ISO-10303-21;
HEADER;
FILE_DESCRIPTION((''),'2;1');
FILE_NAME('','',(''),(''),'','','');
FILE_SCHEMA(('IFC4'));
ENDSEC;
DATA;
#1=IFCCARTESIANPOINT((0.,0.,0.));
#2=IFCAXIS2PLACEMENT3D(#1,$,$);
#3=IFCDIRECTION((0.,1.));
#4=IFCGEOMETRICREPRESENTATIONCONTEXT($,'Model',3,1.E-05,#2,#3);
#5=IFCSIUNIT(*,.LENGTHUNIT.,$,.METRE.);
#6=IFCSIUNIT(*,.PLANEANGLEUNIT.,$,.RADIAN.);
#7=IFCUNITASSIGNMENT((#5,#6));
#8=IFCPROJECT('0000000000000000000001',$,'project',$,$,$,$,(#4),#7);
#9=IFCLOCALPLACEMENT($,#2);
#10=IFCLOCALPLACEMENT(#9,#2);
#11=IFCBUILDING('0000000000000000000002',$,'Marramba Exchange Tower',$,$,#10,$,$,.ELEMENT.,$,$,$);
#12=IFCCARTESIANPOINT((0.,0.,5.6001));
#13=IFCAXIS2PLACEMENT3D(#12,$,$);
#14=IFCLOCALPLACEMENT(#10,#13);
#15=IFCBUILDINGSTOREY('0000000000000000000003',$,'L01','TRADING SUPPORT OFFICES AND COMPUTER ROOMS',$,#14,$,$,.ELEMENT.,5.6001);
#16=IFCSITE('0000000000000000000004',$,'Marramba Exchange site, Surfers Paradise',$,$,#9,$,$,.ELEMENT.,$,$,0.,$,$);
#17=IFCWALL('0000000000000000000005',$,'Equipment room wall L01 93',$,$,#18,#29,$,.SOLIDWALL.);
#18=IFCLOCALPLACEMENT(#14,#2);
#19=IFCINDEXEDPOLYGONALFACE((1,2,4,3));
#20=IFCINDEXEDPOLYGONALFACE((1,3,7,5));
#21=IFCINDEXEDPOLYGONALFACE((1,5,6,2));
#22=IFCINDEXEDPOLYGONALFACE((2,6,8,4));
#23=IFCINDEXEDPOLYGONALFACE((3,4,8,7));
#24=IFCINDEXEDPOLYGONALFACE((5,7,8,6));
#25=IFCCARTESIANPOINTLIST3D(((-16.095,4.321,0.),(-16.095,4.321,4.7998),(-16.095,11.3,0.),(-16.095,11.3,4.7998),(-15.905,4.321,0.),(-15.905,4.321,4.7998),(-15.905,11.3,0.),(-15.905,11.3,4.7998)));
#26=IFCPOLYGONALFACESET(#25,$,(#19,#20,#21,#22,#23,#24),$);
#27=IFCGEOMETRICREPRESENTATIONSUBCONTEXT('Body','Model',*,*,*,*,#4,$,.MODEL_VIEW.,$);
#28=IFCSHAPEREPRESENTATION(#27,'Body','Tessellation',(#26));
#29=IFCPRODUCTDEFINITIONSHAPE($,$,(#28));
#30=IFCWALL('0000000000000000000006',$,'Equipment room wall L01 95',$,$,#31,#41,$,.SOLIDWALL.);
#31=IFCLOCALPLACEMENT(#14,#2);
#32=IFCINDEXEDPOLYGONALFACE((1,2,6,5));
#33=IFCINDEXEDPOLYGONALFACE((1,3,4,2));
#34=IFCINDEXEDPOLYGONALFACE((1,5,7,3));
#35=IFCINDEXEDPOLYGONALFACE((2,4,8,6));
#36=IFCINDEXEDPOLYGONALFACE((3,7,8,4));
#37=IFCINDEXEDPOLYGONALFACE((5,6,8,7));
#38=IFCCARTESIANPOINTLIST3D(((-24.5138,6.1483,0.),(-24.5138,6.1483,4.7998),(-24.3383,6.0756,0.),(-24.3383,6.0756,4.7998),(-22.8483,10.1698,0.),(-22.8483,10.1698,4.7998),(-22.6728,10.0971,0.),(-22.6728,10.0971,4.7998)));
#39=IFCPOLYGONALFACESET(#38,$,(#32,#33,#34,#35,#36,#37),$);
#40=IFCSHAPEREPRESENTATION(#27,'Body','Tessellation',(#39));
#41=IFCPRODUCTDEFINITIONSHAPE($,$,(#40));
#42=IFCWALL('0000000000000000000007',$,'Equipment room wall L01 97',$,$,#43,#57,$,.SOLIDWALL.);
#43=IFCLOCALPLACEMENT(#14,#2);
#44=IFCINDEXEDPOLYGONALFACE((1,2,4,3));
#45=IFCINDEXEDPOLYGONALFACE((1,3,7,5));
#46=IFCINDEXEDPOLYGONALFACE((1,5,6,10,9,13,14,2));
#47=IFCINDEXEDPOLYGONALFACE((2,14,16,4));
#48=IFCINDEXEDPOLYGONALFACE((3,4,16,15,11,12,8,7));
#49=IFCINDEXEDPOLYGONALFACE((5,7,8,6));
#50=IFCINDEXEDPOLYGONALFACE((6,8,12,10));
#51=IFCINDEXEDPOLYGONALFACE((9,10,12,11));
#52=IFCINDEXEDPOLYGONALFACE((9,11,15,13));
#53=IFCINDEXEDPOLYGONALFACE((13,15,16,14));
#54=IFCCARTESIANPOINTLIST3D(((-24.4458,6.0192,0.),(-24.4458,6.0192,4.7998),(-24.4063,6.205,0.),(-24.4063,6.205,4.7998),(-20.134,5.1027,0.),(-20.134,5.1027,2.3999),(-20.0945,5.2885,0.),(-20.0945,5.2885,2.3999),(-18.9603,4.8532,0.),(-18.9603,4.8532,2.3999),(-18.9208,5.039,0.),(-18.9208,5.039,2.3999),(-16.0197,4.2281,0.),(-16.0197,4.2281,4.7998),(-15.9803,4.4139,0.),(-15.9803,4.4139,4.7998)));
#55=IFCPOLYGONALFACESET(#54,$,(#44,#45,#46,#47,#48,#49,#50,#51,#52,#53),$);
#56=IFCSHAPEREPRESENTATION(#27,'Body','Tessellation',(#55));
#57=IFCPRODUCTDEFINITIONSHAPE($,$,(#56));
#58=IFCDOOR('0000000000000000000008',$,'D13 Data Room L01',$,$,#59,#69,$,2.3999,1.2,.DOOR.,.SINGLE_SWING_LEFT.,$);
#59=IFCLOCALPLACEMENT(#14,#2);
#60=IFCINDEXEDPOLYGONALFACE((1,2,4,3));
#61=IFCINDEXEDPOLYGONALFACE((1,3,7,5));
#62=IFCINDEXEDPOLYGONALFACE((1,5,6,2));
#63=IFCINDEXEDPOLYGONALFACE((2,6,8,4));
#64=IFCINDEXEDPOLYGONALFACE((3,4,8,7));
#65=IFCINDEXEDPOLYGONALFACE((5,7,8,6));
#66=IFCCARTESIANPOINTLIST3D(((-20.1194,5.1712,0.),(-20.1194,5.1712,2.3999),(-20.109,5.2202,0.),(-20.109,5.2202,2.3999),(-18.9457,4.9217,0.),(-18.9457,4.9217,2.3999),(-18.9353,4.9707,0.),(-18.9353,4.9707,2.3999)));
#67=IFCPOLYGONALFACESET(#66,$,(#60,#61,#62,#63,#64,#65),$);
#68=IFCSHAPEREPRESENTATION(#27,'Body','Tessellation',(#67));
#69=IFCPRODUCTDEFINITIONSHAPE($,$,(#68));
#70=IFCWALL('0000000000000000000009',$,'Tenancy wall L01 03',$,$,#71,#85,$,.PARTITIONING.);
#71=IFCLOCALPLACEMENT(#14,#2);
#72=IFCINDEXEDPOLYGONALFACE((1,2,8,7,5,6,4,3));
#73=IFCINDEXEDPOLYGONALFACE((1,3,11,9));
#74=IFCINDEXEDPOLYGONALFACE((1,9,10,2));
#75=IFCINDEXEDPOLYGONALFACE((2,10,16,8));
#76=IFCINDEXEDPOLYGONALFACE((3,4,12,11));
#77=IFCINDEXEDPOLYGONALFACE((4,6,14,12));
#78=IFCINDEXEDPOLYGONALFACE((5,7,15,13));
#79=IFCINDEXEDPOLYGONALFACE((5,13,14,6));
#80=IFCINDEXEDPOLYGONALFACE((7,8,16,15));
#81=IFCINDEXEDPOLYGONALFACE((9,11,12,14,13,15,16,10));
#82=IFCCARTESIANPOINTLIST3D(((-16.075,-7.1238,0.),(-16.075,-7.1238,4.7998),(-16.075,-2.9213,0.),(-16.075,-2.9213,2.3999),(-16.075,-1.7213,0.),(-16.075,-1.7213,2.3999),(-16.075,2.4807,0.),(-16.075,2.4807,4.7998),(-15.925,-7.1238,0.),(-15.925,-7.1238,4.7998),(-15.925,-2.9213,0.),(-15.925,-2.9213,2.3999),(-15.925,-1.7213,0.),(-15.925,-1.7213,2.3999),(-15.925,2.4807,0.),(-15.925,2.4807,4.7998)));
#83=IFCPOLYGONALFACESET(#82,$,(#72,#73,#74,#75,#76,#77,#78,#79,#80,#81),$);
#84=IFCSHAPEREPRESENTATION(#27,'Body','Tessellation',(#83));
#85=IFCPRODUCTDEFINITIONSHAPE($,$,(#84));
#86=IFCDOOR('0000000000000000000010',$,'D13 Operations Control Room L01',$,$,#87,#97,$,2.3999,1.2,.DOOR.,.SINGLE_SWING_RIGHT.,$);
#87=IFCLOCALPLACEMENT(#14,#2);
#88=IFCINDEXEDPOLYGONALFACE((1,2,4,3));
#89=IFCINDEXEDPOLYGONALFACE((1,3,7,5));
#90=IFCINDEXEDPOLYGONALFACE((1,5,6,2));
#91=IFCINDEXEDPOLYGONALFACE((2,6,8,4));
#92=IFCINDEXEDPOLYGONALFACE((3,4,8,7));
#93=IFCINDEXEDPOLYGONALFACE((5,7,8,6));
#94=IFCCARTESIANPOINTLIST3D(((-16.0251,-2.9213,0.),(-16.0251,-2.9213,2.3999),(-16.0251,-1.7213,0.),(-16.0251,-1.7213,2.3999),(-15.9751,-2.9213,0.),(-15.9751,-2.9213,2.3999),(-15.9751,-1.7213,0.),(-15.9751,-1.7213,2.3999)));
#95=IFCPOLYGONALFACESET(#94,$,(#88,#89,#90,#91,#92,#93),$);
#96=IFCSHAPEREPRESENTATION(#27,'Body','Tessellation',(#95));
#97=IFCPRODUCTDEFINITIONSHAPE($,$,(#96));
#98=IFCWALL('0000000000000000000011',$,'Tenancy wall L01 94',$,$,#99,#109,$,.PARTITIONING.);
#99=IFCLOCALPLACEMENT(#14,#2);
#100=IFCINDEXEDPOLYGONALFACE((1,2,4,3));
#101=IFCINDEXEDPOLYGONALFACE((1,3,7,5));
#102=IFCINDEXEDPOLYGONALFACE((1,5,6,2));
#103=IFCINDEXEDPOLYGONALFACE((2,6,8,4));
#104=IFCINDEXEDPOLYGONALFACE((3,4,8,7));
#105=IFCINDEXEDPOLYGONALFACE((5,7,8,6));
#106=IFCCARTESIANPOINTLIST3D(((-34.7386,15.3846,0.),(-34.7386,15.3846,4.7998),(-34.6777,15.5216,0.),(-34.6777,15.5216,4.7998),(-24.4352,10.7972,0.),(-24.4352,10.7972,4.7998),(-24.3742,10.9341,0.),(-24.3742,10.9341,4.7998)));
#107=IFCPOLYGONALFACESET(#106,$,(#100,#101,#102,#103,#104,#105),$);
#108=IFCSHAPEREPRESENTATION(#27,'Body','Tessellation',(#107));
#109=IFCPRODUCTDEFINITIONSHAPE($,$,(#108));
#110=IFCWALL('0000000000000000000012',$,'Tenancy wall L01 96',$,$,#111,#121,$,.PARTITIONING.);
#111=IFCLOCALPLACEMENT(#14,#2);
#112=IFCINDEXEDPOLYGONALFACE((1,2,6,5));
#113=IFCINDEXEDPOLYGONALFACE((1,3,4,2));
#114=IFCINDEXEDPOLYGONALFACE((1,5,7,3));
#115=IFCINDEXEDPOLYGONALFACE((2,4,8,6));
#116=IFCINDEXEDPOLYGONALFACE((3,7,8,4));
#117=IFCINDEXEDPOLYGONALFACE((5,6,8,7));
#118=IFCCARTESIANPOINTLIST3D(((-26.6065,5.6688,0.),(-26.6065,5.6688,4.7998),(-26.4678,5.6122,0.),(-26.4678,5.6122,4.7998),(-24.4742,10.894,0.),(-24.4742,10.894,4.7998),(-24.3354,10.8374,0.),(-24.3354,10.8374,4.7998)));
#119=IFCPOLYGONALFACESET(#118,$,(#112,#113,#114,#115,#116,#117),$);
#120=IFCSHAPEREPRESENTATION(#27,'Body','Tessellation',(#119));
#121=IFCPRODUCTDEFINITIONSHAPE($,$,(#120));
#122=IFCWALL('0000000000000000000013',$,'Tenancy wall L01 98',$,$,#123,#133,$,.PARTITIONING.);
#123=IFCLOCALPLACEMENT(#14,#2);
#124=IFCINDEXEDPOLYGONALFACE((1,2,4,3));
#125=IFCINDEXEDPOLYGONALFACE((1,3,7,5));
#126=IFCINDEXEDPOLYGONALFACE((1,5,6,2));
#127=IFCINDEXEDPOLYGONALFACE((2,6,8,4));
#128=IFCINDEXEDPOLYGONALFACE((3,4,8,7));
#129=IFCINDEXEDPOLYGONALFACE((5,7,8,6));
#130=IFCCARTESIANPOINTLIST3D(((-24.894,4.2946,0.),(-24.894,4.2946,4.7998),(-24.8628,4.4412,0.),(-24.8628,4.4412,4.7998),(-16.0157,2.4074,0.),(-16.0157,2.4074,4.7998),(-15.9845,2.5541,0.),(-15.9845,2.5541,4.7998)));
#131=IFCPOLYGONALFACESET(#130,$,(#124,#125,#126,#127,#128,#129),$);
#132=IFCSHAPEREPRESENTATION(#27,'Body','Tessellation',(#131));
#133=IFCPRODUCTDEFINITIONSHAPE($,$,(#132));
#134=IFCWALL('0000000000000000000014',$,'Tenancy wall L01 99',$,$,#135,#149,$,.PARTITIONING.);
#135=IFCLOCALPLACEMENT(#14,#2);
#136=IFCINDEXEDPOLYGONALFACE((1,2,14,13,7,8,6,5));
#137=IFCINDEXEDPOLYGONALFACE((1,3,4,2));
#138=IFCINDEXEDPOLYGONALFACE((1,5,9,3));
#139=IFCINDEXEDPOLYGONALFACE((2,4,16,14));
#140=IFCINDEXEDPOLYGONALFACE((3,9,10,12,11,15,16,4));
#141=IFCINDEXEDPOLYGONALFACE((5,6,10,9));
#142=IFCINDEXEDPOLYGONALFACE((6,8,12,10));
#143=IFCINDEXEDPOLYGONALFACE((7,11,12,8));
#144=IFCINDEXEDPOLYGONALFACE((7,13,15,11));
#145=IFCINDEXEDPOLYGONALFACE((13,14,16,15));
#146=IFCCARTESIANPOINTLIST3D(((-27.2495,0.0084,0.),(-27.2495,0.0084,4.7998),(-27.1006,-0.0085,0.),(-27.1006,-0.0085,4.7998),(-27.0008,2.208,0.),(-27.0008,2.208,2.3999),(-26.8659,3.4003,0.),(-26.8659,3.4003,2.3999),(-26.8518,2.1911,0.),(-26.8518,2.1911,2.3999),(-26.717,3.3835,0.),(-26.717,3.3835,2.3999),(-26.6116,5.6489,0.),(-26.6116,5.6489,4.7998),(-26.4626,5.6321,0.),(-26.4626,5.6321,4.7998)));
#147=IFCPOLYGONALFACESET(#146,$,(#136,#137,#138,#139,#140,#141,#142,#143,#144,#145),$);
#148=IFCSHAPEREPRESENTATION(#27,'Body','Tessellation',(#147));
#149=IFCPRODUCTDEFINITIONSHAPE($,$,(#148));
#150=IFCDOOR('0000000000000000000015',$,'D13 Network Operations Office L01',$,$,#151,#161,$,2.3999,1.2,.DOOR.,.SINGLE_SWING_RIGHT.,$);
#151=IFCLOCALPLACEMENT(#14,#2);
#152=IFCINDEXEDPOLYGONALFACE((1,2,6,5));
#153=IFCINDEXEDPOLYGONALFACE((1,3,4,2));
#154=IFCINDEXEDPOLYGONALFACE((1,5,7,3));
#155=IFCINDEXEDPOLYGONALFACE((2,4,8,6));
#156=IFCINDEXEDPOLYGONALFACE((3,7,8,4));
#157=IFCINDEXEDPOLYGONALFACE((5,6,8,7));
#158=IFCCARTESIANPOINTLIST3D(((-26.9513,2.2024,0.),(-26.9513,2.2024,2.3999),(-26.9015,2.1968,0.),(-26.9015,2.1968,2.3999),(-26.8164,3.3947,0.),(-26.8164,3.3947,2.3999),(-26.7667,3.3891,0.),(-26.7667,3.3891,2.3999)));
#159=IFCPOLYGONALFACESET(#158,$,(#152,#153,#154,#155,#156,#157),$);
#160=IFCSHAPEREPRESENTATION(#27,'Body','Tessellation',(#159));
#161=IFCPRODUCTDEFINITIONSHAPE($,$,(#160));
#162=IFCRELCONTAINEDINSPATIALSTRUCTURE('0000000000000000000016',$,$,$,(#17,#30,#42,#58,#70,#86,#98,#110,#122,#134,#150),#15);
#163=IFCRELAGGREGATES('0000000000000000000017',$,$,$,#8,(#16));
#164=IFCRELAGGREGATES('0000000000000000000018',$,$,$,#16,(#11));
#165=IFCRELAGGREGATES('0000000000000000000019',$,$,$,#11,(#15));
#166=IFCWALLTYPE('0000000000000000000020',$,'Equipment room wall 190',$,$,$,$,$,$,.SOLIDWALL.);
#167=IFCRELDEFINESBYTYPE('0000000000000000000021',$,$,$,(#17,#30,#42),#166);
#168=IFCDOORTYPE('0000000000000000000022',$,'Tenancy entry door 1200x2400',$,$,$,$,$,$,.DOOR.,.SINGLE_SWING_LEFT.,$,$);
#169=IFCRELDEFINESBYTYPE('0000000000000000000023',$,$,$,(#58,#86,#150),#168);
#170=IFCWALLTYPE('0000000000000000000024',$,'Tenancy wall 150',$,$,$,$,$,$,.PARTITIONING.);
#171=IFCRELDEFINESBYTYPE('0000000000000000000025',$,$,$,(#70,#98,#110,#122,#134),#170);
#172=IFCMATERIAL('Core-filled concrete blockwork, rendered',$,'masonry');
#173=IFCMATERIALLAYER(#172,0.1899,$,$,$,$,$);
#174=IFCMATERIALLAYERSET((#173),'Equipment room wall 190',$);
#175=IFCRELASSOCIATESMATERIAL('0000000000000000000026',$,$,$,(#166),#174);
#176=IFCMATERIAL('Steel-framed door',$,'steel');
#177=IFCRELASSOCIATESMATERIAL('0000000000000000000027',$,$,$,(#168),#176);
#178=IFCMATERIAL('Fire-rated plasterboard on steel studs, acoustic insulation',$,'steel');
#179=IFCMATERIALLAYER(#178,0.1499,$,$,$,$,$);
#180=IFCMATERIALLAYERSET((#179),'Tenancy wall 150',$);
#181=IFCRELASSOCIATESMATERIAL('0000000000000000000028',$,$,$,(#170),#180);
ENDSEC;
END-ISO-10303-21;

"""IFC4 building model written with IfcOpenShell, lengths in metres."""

from ifc_helpers import new_model, si_unit, direction, frame, frame_2d, origin, place, context, subcontext, project, spatial, rectangle, extrude, material, layer, layer_set, type_object, element, fill, save


model = new_model("IFC4")

# Units and contexts
model_context = context("Model", 3, precision=1e-05, world=origin(), true_north=direction((0.0, 1.0)))
body_context = subcontext(model_context, "Body", "Model", "MODEL_VIEW")
ifc_project = project(units=[si_unit("LENGTHUNIT", "METRE"), si_unit("PLANEANGLEUNIT", "RADIAN")], contexts=[model_context])

# Site, building, storey
site_placement = place(None, origin())
site = spatial("IfcSite", under=ifc_project, at=site_placement, Name="Marramba Exchange site, Surfers Paradise", CompositionType="ELEMENT", RefElevation=0.0)
building_placement = place(site_placement, origin())
building = spatial("IfcBuilding", under=site, at=building_placement, Name="Marramba Exchange Tower", CompositionType="ELEMENT")
storey_placement = place(building_placement, frame((0.0, 0.0, 5.6001)))
storey = spatial("IfcBuildingStorey", under=building, at=storey_placement, Name="L01", Description="TRADING SUPPORT OFFICES AND COMPUTER ROOMS", CompositionType="ELEMENT", Elevation=5.6001)

# Walls
ifc_material_1 = material(Name="Core-filled concrete blockwork, rendered", Category="masonry")
ifc_layer_1 = layer(ifc_material_1, 0.1899)
ifc_layer_set_1 = layer_set([ifc_layer_1], Name="Equipment room wall 190")
wall_type_1 = type_object("IfcWallType", Name="Equipment room wall 190", PredefinedType="SOLIDWALL", material=ifc_layer_set_1)
wall_1_placement = place(storey_placement, frame((-16.0, 11.3, 0.0), z_axis=(0.0, 0.0, 1.0), x_axis=(0.0, -1.0, 0.0)))
element("IfcWall", 1, at=wall_1_placement, inside=storey, type_object=wall_type_1, Name="Equipment room wall L01 93", PredefinedType="SOLIDWALL", context=body_context, shape_type="SweptSolid", body=[
    extrude(rectangle(XDim=6.979, YDim=0.1899, at=frame_2d((3.4895, 0.0))), origin(), (0.0, 0.0, 1.0), 4.7998),
])
wall_2_placement = place(storey_placement, frame((-24.426, 6.1121, 0.0), z_axis=(0.0, 0.0, 1.0), x_axis=(0.382639, 0.923898, 0.0)))
element("IfcWall", 2, at=wall_2_placement, inside=storey, type_object=wall_type_1, Name="Equipment room wall L01 95", PredefinedType="SOLIDWALL", context=body_context, shape_type="SweptSolid", body=[
    extrude(rectangle(XDim=4.3528, YDim=0.1899, at=frame_2d((2.1763, 0.0))), origin(), (0.0, 0.0, 1.0), 4.7998),
])

# Walls, openings, doors
wall_3_placement = place(storey_placement, frame((-16.0, 4.321, 0.0), z_axis=(0.0, 0.0, 1.0), x_axis=(-0.978147, 0.207913, 0.0)))
wall_3 = element("IfcWall", 3, at=wall_3_placement, inside=storey, type_object=wall_type_1, Name="Equipment room wall L01 97", PredefinedType="SOLIDWALL", context=body_context, shape_type="SweptSolid", body=[
    extrude(rectangle(XDim=8.6143, YDim=0.1899, at=frame_2d((4.3071, 0.0))), origin(), (0.0, 0.0, 1.0), 4.7998),
])
opening_1_placement = place(wall_3_placement, frame((3.0061, 0.0, 0.0)))
opening_1 = element("IfcOpeningElement", 4, at=opening_1_placement, cuts=wall_3, PredefinedType="OPENING", context=body_context, shape_type="SweptSolid", body=[
    extrude(rectangle(XDim=1.2, YDim=2.3999, at=frame_2d((0.6001, 1.2))), frame((0.0, 0.105, 0.0), z_axis=(0.0, -1.0, 0.0), x_axis=(1.0, 0.0, 0.0)), (0.0, 0.0, 1.0), 0.21),
])
ifc_material_2 = material(Name="Steel-framed door", Category="steel")
door_type_1 = type_object("IfcDoorType", Name="Tenancy entry door 1200x2400", OperationType="SINGLE_SWING_LEFT", PredefinedType="DOOR", material=ifc_material_2)
door_1_placement = place(opening_1_placement, origin())
door_1 = element("IfcDoor", 5, at=door_1_placement, inside=storey, type_object=door_type_1, Name="D13 Data Room L01", OperationType="SINGLE_SWING_LEFT", OverallHeight=2.3999, OverallWidth=1.2, PredefinedType="DOOR", context=body_context, shape_type="SweptSolid", body=[
    extrude(rectangle(XDim=1.2, YDim=2.3999, at=frame_2d((0.6001, 1.2))), frame((0.0, 0.0249, 0.0), z_axis=(0.0, -1.0, 0.0), x_axis=(1.0, 0.0, 0.0)), (0.0, 0.0, 1.0), 0.05),
])
fill(opening_1, door_1)
ifc_material_3 = material(Name="Fire-rated plasterboard on steel studs, acoustic insulation", Category="steel")
ifc_layer_2 = layer(ifc_material_3, 0.1499)
ifc_layer_set_2 = layer_set([ifc_layer_2], Name="Tenancy wall 150")
wall_type_2 = type_object("IfcWallType", Name="Tenancy wall 150", PredefinedType="PARTITIONING", material=ifc_layer_set_2)
wall_4_placement = place(storey_placement, frame((-16.0, 2.4807, 0.0), z_axis=(0.0, 0.0, 1.0), x_axis=(0.0, -1.0, 0.0)))
wall_4 = element("IfcWall", 6, at=wall_4_placement, inside=storey, type_object=wall_type_2, Name="Tenancy wall L01 03", PredefinedType="PARTITIONING", context=body_context, shape_type="SweptSolid", body=[
    extrude(rectangle(XDim=9.6045, YDim=0.1499, at=frame_2d((4.8022, 0.0))), origin(), (0.0, 0.0, 1.0), 4.7998),
])
opening_2_placement = place(wall_4_placement, frame((4.2019, 0.0, 0.0)))
opening_2 = element("IfcOpeningElement", 7, at=opening_2_placement, cuts=wall_4, PredefinedType="OPENING", context=body_context, shape_type="SweptSolid", body=[
    extrude(rectangle(XDim=1.2, YDim=2.3999, at=frame_2d((0.6001, 1.2))), frame((0.0, 0.085, 0.0), z_axis=(0.0, -1.0, 0.0), x_axis=(1.0, 0.0, 0.0)), (0.0, 0.0, 1.0), 0.1699),
])
door_2_placement = place(opening_2_placement, origin())
door_2 = element("IfcDoor", 8, at=door_2_placement, inside=storey, type_object=door_type_1, Name="D13 Operations Control Room L01", OperationType="SINGLE_SWING_RIGHT", OverallHeight=2.3999, OverallWidth=1.2, PredefinedType="DOOR", context=body_context, shape_type="SweptSolid", body=[
    extrude(rectangle(XDim=1.2, YDim=2.3999, at=frame_2d((0.6001, 1.2))), frame((0.0, 0.0249, 0.0), z_axis=(0.0, -1.0, 0.0), x_axis=(1.0, 0.0, 0.0)), (0.0, 0.0, 1.0), 0.05),
])
fill(opening_2, door_2)

# Walls
wall_5_placement = place(storey_placement, frame((-24.4048, 10.8657, 0.0), z_axis=(0.0, 0.0, 1.0), x_axis=(-0.913545, 0.406737, 0.0)))
element("IfcWall", 9, at=wall_5_placement, inside=storey, type_object=wall_type_2, Name="Tenancy wall L01 94", PredefinedType="PARTITIONING", context=body_context, shape_type="SweptSolid", body=[
    extrude(rectangle(XDim=11.2786, YDim=0.1499, at=frame_2d((5.6392, 0.0))), origin(), (0.0, 0.0, 1.0), 4.7998),
])
wall_6_placement = place(storey_placement, frame((-24.4048, 10.8657, 0.0), z_axis=(0.0, 0.0, 1.0), x_axis=(-0.377841, -0.925871, 0.0)))
element("IfcWall", 10, at=wall_6_placement, inside=storey, type_object=wall_type_2, Name="Tenancy wall L01 96", PredefinedType="PARTITIONING", context=body_context, shape_type="SweptSolid", body=[
    extrude(rectangle(XDim=5.6436, YDim=0.1499, at=frame_2d((2.8218, 0.0))), origin(), (0.0, 0.0, 1.0), 4.7998),
])
wall_7_placement = place(storey_placement, frame((-24.8784, 4.3679, 0.0), z_axis=(0.0, 0.0, 1.0), x_axis=(0.978147, -0.207916, 0.0)))
element("IfcWall", 11, at=wall_7_placement, inside=storey, type_object=wall_type_2, Name="Tenancy wall L01 98", PredefinedType="PARTITIONING", context=body_context, shape_type="SweptSolid", body=[
    extrude(rectangle(XDim=9.0767, YDim=0.1499, at=frame_2d((4.5383, 0.0))), origin(), (0.0, 0.0, 1.0), 4.7998),
])

# Wall, opening, door
wall_8_placement = place(storey_placement, frame((-26.5371, 5.6406, 0.0), z_axis=(0.0, 0.0, 1.0), x_axis=(-0.112381, -0.993665, 0.0)))
wall_8 = element("IfcWall", 12, at=wall_8_placement, inside=storey, type_object=wall_type_2, Name="Tenancy wall L01 99", PredefinedType="PARTITIONING", context=body_context, shape_type="SweptSolid", body=[
    extrude(rectangle(XDim=5.6765, YDim=0.1499, at=frame_2d((2.8384, 0.0))), origin(), (0.0, 0.0, 1.0), 4.7998),
])
opening_3_placement = place(wall_8_placement, frame((2.2629, 0.0, 0.0)))
opening_3 = element("IfcOpeningElement", 13, at=opening_3_placement, cuts=wall_8, PredefinedType="OPENING", context=body_context, shape_type="SweptSolid", body=[
    extrude(rectangle(XDim=1.2, YDim=2.3999, at=frame_2d((0.6001, 1.2))), frame((0.0, 0.085, 0.0), z_axis=(0.0, -1.0, 0.0), x_axis=(1.0, 0.0, 0.0)), (0.0, 0.0, 1.0), 0.1699),
])
door_3_placement = place(opening_3_placement, origin())
door_3 = element("IfcDoor", 14, at=door_3_placement, inside=storey, type_object=door_type_1, Name="D13 Network Operations Office L01", OperationType="SINGLE_SWING_RIGHT", OverallHeight=2.3999, OverallWidth=1.2, PredefinedType="DOOR", context=body_context, shape_type="SweptSolid", body=[
    extrude(rectangle(XDim=1.2, YDim=2.3999, at=frame_2d((0.6001, 1.2))), frame((0.0, 0.0249, 0.0), z_axis=(0.0, -1.0, 0.0), x_axis=(1.0, 0.0, 0.0)), (0.0, 0.0, 1.0), 0.05),
])
fill(opening_3, door_3)

save(model, "model.ifc")
